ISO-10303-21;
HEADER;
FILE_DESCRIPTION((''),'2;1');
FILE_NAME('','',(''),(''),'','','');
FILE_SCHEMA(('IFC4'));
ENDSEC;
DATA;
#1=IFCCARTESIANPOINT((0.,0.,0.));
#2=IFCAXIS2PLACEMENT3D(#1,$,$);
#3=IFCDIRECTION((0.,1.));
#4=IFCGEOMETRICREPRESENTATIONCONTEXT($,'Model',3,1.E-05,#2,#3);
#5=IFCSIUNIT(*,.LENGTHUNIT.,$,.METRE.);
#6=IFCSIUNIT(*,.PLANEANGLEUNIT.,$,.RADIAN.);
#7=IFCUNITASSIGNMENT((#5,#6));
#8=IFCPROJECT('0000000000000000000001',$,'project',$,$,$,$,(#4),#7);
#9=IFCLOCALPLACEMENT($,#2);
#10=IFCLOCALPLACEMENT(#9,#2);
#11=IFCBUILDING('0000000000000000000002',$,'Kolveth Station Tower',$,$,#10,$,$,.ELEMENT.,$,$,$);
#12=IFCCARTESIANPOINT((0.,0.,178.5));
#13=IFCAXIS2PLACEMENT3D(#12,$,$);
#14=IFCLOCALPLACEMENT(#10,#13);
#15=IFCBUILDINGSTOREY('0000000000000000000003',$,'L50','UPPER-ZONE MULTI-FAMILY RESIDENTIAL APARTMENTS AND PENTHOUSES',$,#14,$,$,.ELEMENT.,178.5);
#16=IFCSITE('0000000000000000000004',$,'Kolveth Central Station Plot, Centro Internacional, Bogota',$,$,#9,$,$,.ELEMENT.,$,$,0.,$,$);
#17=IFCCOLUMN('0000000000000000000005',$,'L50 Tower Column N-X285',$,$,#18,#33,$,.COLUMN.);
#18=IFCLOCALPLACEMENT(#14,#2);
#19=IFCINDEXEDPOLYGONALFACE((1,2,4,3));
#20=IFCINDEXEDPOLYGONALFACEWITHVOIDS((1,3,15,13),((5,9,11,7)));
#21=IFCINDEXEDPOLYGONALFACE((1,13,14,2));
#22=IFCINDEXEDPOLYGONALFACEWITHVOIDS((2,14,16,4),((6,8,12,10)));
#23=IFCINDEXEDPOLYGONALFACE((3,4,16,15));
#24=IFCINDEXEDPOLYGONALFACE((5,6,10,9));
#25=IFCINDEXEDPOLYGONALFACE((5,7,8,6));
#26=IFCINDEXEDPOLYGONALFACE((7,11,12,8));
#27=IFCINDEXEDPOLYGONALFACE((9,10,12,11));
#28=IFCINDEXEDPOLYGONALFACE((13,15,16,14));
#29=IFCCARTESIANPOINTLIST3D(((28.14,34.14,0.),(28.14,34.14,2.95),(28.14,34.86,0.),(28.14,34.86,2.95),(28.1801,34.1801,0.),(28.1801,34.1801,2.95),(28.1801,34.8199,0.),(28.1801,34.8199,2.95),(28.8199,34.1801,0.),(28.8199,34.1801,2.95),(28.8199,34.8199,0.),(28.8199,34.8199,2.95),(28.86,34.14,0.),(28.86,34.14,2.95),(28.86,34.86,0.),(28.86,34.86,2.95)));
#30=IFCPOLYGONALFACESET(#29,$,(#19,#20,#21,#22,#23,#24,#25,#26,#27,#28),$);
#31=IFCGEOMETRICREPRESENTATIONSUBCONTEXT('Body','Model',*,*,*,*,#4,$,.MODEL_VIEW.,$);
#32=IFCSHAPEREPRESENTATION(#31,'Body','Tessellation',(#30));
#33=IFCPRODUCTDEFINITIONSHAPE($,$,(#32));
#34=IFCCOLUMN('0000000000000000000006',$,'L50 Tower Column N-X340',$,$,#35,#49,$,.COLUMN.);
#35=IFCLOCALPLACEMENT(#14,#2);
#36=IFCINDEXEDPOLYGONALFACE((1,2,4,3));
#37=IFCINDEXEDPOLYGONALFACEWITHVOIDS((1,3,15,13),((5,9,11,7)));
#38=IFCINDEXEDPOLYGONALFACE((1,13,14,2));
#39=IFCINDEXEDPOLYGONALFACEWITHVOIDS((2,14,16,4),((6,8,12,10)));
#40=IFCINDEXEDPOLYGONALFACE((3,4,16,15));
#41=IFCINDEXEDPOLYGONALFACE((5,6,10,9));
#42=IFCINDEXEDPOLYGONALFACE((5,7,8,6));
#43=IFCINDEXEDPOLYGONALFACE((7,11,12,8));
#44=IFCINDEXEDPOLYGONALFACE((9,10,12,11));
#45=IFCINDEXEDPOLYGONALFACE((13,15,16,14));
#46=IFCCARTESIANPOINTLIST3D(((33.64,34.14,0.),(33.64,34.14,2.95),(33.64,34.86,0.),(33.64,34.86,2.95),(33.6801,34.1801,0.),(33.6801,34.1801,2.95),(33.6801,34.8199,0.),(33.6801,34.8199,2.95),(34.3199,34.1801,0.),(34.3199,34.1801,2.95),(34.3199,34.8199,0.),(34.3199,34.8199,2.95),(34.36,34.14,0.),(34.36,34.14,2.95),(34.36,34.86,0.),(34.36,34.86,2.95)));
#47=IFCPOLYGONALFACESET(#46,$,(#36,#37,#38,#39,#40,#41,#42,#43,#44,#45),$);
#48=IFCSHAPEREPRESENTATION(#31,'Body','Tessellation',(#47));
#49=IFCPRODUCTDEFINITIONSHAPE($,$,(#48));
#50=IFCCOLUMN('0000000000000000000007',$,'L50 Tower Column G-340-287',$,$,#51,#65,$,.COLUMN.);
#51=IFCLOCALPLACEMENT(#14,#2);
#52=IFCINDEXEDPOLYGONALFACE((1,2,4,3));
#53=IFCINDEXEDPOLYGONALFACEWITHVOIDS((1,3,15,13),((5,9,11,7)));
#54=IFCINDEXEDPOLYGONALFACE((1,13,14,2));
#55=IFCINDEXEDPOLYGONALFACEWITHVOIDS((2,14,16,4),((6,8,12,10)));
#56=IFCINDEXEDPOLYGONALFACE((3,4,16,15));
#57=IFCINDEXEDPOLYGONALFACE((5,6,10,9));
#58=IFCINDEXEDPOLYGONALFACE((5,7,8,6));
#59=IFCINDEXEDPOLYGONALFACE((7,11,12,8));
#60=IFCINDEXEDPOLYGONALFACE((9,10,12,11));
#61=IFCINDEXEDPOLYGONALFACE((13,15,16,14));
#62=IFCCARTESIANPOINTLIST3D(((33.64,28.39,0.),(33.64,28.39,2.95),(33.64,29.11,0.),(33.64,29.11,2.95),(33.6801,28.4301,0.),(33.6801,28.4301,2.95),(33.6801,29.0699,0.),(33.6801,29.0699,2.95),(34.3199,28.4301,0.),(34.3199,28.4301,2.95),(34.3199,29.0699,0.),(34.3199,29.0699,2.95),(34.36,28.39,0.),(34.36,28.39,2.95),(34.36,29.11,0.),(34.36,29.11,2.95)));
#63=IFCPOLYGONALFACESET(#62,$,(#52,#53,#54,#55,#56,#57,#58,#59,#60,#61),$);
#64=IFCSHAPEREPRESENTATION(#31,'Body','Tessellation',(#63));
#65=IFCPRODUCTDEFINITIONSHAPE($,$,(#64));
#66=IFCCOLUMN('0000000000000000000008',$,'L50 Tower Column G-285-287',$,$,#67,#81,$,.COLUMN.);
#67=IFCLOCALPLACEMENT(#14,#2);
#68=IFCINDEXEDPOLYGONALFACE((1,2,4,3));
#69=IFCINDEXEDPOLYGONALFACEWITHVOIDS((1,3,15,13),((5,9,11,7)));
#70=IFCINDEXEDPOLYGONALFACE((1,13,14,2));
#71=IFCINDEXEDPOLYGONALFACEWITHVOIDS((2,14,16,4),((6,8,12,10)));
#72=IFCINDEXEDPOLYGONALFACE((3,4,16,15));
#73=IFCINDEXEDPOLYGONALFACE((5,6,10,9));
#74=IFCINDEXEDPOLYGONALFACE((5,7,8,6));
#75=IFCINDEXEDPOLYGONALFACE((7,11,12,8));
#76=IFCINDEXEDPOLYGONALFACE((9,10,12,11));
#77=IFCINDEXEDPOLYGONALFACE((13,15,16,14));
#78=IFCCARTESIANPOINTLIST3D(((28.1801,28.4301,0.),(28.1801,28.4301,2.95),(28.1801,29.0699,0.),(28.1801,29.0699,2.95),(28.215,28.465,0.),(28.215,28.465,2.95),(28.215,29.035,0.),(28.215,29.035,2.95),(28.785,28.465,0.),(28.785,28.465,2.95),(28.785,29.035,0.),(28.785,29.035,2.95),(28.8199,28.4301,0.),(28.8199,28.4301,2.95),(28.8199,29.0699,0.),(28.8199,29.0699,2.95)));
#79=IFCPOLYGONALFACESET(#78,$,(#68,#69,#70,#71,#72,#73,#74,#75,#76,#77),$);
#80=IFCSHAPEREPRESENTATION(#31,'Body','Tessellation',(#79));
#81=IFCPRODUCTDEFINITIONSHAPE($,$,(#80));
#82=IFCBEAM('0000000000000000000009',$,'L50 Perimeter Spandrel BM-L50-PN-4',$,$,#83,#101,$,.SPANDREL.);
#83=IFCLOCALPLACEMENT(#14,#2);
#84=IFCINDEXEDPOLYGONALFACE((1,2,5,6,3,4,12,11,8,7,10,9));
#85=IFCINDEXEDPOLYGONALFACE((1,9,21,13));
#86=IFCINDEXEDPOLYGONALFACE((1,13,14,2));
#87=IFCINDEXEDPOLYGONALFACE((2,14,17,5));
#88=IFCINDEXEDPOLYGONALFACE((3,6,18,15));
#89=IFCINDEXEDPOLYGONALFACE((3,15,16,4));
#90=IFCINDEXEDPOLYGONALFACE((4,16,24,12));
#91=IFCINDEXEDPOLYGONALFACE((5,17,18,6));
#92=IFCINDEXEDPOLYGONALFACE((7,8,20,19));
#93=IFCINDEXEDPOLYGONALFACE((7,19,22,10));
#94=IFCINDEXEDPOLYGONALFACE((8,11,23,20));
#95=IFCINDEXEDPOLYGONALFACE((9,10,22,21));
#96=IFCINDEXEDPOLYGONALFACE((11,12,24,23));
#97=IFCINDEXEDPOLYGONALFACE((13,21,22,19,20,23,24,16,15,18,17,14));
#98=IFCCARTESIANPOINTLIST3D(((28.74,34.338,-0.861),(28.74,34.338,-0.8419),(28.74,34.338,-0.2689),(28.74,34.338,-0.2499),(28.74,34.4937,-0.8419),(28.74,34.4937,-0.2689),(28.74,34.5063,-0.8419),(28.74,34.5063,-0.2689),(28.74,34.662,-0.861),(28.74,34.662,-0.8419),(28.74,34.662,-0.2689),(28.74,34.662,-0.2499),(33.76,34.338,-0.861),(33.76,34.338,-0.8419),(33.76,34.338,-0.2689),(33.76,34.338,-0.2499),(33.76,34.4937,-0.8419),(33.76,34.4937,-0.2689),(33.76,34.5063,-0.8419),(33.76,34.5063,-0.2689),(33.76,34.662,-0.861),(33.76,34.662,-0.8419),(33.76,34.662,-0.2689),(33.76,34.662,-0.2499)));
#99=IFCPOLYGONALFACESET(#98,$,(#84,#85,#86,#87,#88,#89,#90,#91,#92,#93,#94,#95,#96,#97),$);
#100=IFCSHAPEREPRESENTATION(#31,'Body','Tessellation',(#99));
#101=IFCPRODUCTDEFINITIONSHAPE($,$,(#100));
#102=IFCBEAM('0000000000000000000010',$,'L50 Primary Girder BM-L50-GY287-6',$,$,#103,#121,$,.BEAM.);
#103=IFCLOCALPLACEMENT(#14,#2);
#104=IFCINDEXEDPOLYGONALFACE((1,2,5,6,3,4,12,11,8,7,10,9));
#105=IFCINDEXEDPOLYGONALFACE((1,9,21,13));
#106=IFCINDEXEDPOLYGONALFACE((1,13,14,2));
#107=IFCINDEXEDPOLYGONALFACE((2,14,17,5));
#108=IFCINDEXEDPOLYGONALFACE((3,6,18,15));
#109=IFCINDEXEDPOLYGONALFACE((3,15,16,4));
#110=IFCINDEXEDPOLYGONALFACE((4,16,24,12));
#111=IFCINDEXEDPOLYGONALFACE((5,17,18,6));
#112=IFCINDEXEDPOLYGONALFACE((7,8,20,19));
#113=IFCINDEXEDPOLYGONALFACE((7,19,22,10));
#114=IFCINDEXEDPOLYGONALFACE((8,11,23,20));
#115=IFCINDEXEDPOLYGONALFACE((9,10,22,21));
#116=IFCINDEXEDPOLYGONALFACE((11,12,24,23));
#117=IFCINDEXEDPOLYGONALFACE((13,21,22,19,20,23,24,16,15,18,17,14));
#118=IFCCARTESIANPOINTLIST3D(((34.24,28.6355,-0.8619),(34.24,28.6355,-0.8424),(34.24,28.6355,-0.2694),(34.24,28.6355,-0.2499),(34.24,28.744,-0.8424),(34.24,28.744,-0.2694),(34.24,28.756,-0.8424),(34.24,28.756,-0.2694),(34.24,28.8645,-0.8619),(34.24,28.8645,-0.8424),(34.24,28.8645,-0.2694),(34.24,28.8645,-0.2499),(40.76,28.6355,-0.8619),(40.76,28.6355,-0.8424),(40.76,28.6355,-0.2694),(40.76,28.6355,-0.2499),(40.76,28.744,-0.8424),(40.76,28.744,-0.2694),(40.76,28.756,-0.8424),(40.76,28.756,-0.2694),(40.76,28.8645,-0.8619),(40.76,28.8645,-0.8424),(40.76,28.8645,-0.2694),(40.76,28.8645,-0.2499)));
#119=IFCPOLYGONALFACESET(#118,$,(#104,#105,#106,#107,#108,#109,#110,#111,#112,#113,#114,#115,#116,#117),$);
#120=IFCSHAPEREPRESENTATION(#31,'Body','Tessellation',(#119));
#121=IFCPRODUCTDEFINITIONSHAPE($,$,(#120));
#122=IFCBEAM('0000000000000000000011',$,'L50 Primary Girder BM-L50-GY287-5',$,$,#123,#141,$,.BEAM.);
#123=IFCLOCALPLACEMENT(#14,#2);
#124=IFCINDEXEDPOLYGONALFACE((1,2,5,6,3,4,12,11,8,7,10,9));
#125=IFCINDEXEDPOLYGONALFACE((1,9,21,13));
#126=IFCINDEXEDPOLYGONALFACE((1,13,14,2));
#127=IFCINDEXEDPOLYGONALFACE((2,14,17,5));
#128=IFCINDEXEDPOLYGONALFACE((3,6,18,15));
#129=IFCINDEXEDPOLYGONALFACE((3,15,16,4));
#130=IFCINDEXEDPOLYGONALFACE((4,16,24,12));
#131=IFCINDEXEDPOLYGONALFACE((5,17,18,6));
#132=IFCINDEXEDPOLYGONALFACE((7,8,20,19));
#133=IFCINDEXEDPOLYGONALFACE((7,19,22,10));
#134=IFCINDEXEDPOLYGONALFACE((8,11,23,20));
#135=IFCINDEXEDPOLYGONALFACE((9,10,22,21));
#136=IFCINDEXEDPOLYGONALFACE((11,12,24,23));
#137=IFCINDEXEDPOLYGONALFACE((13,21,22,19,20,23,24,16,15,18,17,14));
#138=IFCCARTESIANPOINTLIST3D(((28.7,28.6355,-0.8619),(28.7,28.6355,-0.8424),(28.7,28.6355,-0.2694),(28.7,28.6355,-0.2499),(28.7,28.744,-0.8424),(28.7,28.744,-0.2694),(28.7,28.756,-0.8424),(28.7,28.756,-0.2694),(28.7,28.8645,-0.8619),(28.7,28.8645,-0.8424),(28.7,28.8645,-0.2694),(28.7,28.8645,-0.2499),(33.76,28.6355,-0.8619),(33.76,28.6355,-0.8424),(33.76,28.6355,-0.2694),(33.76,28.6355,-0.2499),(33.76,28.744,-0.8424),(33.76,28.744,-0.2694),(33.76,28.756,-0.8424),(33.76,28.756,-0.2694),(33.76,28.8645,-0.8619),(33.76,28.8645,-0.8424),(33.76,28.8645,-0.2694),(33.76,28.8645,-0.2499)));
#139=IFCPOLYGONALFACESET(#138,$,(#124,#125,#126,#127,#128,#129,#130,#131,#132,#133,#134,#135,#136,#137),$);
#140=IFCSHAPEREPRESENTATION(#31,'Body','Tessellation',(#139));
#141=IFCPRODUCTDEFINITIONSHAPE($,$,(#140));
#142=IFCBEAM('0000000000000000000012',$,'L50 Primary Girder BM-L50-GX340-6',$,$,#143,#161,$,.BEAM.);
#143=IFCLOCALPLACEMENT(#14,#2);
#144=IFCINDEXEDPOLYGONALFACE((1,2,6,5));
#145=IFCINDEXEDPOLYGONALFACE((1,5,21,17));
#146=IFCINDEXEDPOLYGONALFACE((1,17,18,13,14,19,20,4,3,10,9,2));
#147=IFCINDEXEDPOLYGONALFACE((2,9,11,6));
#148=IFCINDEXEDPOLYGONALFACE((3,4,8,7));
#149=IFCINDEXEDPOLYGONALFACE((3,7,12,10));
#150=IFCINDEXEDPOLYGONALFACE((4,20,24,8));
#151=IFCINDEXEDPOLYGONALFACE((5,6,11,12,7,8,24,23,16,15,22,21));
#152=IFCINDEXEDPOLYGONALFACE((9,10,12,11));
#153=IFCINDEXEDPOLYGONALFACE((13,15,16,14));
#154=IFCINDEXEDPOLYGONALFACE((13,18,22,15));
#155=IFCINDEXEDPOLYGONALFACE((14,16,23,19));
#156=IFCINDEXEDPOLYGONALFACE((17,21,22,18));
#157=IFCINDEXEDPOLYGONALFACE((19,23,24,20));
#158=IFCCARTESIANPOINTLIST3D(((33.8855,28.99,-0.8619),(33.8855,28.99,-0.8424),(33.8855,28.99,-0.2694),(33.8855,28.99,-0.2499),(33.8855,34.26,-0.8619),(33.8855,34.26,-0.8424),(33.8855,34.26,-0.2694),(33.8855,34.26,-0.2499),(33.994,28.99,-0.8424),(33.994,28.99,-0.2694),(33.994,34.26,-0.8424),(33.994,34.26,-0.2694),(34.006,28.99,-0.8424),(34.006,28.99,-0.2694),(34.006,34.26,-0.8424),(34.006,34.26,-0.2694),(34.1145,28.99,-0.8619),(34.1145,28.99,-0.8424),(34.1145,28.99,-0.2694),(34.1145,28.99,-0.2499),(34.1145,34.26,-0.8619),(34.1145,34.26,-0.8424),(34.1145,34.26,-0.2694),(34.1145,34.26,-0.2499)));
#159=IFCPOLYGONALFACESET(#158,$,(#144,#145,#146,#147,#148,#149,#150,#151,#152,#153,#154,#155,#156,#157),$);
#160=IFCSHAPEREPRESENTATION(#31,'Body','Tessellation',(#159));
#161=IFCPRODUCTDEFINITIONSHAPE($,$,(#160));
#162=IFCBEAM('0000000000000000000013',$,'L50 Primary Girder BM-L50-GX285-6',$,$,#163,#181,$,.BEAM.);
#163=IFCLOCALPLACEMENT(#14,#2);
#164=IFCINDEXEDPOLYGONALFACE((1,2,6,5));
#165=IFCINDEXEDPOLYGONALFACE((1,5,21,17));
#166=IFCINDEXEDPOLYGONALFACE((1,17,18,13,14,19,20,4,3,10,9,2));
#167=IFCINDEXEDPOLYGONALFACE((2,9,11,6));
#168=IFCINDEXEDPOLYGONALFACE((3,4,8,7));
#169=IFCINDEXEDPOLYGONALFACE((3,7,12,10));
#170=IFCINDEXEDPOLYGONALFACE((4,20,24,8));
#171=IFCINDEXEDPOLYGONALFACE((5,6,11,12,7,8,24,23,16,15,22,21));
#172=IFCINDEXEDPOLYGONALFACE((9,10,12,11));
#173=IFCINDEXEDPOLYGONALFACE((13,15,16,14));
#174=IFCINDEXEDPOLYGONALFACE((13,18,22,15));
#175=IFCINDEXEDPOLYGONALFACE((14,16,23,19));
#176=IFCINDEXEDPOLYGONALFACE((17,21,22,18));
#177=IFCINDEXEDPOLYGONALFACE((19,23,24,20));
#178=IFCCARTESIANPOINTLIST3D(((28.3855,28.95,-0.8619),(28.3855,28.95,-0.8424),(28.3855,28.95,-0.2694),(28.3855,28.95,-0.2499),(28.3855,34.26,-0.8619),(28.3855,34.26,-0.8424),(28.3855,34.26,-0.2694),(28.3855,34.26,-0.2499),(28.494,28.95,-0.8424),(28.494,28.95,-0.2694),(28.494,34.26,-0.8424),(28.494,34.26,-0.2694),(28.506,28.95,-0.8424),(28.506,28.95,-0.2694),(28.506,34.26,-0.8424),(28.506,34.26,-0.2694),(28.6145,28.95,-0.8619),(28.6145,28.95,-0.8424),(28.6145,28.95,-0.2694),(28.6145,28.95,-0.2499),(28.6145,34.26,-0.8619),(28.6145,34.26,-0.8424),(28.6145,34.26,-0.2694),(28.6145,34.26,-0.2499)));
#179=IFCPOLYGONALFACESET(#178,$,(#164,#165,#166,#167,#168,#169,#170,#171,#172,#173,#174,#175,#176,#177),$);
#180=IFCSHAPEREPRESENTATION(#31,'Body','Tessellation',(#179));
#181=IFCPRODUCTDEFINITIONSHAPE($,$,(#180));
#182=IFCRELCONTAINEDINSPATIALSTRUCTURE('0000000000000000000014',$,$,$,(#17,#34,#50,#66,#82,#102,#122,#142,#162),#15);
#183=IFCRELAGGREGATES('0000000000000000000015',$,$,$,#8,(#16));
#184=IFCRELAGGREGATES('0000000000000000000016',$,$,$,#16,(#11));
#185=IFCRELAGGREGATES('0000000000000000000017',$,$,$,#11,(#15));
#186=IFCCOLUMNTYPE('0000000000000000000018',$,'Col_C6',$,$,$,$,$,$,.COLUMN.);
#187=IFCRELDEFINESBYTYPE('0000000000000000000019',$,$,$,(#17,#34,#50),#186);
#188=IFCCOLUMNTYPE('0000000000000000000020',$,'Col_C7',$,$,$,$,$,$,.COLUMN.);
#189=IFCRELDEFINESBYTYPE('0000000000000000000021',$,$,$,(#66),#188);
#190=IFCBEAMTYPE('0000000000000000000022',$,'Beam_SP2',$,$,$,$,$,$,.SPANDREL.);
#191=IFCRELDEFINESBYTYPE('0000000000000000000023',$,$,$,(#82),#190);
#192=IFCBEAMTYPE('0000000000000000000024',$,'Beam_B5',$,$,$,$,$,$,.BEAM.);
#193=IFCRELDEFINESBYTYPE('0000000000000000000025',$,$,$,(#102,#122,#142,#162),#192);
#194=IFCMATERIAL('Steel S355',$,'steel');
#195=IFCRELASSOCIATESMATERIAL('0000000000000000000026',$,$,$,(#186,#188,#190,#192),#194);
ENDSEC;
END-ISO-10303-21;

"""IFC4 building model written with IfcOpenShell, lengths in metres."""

from ifc_helpers import new_model, si_unit, direction, frame, origin, origin_2d, place, context, subcontext, project, spatial, hollow_rectangle, i_section, extrude, source, transform, mapped, material, material_profile, profile_set, type_object, element, save


model = new_model("IFC4")

# Units and contexts
model_context = context("Model", 3, precision=1e-05, world=origin(), true_north=direction((0.0, 1.0)))
body_context = subcontext(model_context, "Body", "Model", "MODEL_VIEW")
ifc_project = project(units=[si_unit("LENGTHUNIT", "METRE"), si_unit("PLANEANGLEUNIT", "RADIAN")], contexts=[model_context])

# Site, building, storey
site_placement = place(None, origin())
site = spatial("IfcSite", under=ifc_project, at=site_placement, Name="Kolveth Central Station Plot, Centro Internacional, Bogota", CompositionType="ELEMENT", RefElevation=0.0)
building_placement = place(site_placement, origin())
building = spatial("IfcBuilding", under=site, at=building_placement, Name="Kolveth Station Tower", CompositionType="ELEMENT")
storey_placement = place(building_placement, frame((0.0, 0.0, 178.5)))
storey = spatial("IfcBuildingStorey", under=building, at=storey_placement, Name="L50", Description="UPPER-ZONE MULTI-FAMILY RESIDENTIAL APARTMENTS AND PENTHOUSES", CompositionType="ELEMENT", Elevation=178.5)

# Columns
ifc_material_1 = material(Name="Steel S355", Category="steel")
ifc_material_profile_1 = material_profile(ifc_material_1, hollow_rectangle(XDim=0.72, YDim=0.72, WallThickness=0.04, at=origin_2d()), Name="BOX720x720x40")
ifc_profile_set_1 = profile_set([ifc_material_profile_1], Name="Steel S355")
column_type_1 = type_object("IfcColumnType", Name="Col_C6", PredefinedType="COLUMN", material=ifc_profile_set_1)
shared_shape_1 = source(origin(), body_context, "Body", "SweptSolid", [
    extrude(hollow_rectangle(XDim=0.72, YDim=0.72, WallThickness=0.04, at=origin_2d()), origin(), (0.0, 0.0, 1.0), 2.95),
])
for number, where, z_axis, x_axis, name in (
    (1, (28.5, 34.5, 0.0), (0.0, 0.0, 1.0), (1.0, 0.0, 0.0), "L50 Tower Column N-X285"),
    (2, (34.0, 34.5, 0.0), (0.0, 0.0, 1.0), (1.0, 0.0, 0.0), "L50 Tower Column N-X340"),
    (3, (34.0, 28.75, 0.0), (0.0, 0.0, 1.0), (1.0, 0.0, 0.0), "L50 Tower Column G-340-287"),
):
    element("IfcColumn", number, at=place(storey_placement, frame(where, z_axis=z_axis, x_axis=x_axis)), inside=storey, type_object=column_type_1, Name=name, PredefinedType="COLUMN", context=body_context, shape_type="MappedRepresentation", body=[
        mapped(shared_shape_1, transform((0.0, 0.0, 0.0), x_axis=(1.0, 0.0, 0.0), y_axis=(0.0, 1.0, 0.0), z_axis=(0.0, 0.0, 1.0), scale=1.0)),
    ])
ifc_material_profile_2 = material_profile(ifc_material_1, hollow_rectangle(XDim=0.6399, YDim=0.6399, WallThickness=0.0349, at=origin_2d()), Name="BOX640x640x35")
ifc_profile_set_2 = profile_set([ifc_material_profile_2], Name="Steel S355")
column_type_2 = type_object("IfcColumnType", Name="Col_C7", PredefinedType="COLUMN", material=ifc_profile_set_2)
shared_shape_2 = source(origin(), body_context, "Body", "SweptSolid", [
    extrude(hollow_rectangle(XDim=0.6399, YDim=0.6399, WallThickness=0.0349, at=origin_2d()), origin(), (0.0, 0.0, 1.0), 2.95),
])
column_placement = place(storey_placement, frame((28.5, 28.75, 0.0), z_axis=(0.0, 0.0, 1.0), x_axis=(1.0, 0.0, 0.0)))
element("IfcColumn", 4, at=column_placement, inside=storey, type_object=column_type_2, Name="L50 Tower Column G-285-287", PredefinedType="COLUMN", context=body_context, shape_type="MappedRepresentation", body=[
    mapped(shared_shape_2, transform((0.0, 0.0, 0.0), x_axis=(1.0, 0.0, 0.0), y_axis=(0.0, 1.0, 0.0), z_axis=(0.0, 0.0, 1.0), scale=1.0)),
])

# Beams
ifc_material_profile_3 = material_profile(ifc_material_1, i_section(OverallWidth=0.324, OverallDepth=0.6111, WebThickness=0.0127, FlangeThickness=0.019, at=origin_2d()), Name="W610x155")
ifc_profile_set_3 = profile_set([ifc_material_profile_3], Name="Steel S355")
beam_type_1 = type_object("IfcBeamType", Name="Beam_SP2", PredefinedType="SPANDREL", material=ifc_profile_set_3)
shared_shape_3 = source(origin(), body_context, "Body", "SweptSolid", [
    extrude(i_section(OverallWidth=0.324, OverallDepth=0.6111, WebThickness=0.0127, FlangeThickness=0.019, at=origin_2d()), origin(), (0.0, 0.0, 1.0), 5.02),
])
beam_1_placement = place(storey_placement, frame((28.74, 34.5, -0.5554), z_axis=(1.0, 0.0, 0.0), x_axis=(0.0, 1.0, 0.0)))
element("IfcBeam", 5, at=beam_1_placement, inside=storey, type_object=beam_type_1, Name="L50 Perimeter Spandrel BM-L50-PN-4", PredefinedType="SPANDREL", context=body_context, shape_type="MappedRepresentation", body=[
    mapped(shared_shape_3, transform((0.0, 0.0, 0.0), x_axis=(1.0, 0.0, 0.0), y_axis=(0.0, 1.0, 0.0), z_axis=(0.0, 0.0, 1.0), scale=1.0)),
])
ifc_material_profile_4 = material_profile(ifc_material_1, i_section(OverallWidth=0.229, OverallDepth=0.6121, WebThickness=0.012, FlangeThickness=0.0195, at=origin_2d()), Name="W610x125")
ifc_profile_set_4 = profile_set([ifc_material_profile_4], Name="Steel S355")
beam_type_2 = type_object("IfcBeamType", Name="Beam_B5", PredefinedType="BEAM", material=ifc_profile_set_4)
shared_shape_4 = source(origin(), body_context, "Body", "SweptSolid", [
    extrude(i_section(OverallWidth=0.229, OverallDepth=0.6121, WebThickness=0.012, FlangeThickness=0.0195, at=origin_2d()), origin(), (0.0, 0.0, 1.0), 6.52),
])
beam_2_placement = place(storey_placement, frame((34.24, 28.75, -0.5559), z_axis=(1.0, 0.0, 0.0), x_axis=(0.0, 1.0, 0.0)))
element("IfcBeam", 6, at=beam_2_placement, inside=storey, type_object=beam_type_2, Name="L50 Primary Girder BM-L50-GY287-6", PredefinedType="BEAM", context=body_context, shape_type="MappedRepresentation", body=[
    mapped(shared_shape_4, transform((0.0, 0.0, 0.0), x_axis=(1.0, 0.0, 0.0), y_axis=(0.0, 1.0, 0.0), z_axis=(0.0, 0.0, 1.0), scale=1.0)),
])
shared_shape_5 = source(origin(), body_context, "Body", "SweptSolid", [
    extrude(i_section(OverallWidth=0.229, OverallDepth=0.6121, WebThickness=0.012, FlangeThickness=0.0195, at=origin_2d()), origin(), (0.0, 0.0, 1.0), 5.0601),
])
beam_3_placement = place(storey_placement, frame((28.7, 28.75, -0.5559), z_axis=(1.0, 0.0, 0.0), x_axis=(0.0, 1.0, 0.0)))
element("IfcBeam", 7, at=beam_3_placement, inside=storey, type_object=beam_type_2, Name="L50 Primary Girder BM-L50-GY287-5", PredefinedType="BEAM", context=body_context, shape_type="MappedRepresentation", body=[
    mapped(shared_shape_5, transform((0.0, 0.0, 0.0), x_axis=(1.0, 0.0, 0.0), y_axis=(0.0, 1.0, 0.0), z_axis=(0.0, 0.0, 1.0), scale=1.0)),
])
shared_shape_6 = source(origin(), body_context, "Body", "SweptSolid", [
    extrude(i_section(OverallWidth=0.229, OverallDepth=0.6121, WebThickness=0.012, FlangeThickness=0.0195, at=origin_2d()), origin(), (0.0, 0.0, 1.0), 5.27),
])
beam_4_placement = place(storey_placement, frame((34.0, 28.99, -0.5559), z_axis=(0.0, 1.0, 0.0), x_axis=(-1.0, 0.0, 0.0)))
element("IfcBeam", 8, at=beam_4_placement, inside=storey, type_object=beam_type_2, Name="L50 Primary Girder BM-L50-GX340-6", PredefinedType="BEAM", context=body_context, shape_type="MappedRepresentation", body=[
    mapped(shared_shape_6, transform((0.0, 0.0, 0.0), x_axis=(1.0, 0.0, 0.0), y_axis=(0.0, 1.0, 0.0), z_axis=(0.0, 0.0, 1.0), scale=1.0)),
])
shared_shape_7 = source(origin(), body_context, "Body", "SweptSolid", [
    extrude(i_section(OverallWidth=0.229, OverallDepth=0.6121, WebThickness=0.012, FlangeThickness=0.0195, at=origin_2d()), origin(), (0.0, 0.0, 1.0), 5.3101),
])
beam_5_placement = place(storey_placement, frame((28.5, 28.95, -0.5559), z_axis=(0.0, 1.0, 0.0), x_axis=(-1.0, 0.0, 0.0)))
element("IfcBeam", 9, at=beam_5_placement, inside=storey, type_object=beam_type_2, Name="L50 Primary Girder BM-L50-GX285-6", PredefinedType="BEAM", context=body_context, shape_type="MappedRepresentation", body=[
    mapped(shared_shape_7, transform((0.0, 0.0, 0.0), x_axis=(1.0, 0.0, 0.0), y_axis=(0.0, 1.0, 0.0), z_axis=(0.0, 0.0, 1.0), scale=1.0)),
])

save(model, "model.ifc")
